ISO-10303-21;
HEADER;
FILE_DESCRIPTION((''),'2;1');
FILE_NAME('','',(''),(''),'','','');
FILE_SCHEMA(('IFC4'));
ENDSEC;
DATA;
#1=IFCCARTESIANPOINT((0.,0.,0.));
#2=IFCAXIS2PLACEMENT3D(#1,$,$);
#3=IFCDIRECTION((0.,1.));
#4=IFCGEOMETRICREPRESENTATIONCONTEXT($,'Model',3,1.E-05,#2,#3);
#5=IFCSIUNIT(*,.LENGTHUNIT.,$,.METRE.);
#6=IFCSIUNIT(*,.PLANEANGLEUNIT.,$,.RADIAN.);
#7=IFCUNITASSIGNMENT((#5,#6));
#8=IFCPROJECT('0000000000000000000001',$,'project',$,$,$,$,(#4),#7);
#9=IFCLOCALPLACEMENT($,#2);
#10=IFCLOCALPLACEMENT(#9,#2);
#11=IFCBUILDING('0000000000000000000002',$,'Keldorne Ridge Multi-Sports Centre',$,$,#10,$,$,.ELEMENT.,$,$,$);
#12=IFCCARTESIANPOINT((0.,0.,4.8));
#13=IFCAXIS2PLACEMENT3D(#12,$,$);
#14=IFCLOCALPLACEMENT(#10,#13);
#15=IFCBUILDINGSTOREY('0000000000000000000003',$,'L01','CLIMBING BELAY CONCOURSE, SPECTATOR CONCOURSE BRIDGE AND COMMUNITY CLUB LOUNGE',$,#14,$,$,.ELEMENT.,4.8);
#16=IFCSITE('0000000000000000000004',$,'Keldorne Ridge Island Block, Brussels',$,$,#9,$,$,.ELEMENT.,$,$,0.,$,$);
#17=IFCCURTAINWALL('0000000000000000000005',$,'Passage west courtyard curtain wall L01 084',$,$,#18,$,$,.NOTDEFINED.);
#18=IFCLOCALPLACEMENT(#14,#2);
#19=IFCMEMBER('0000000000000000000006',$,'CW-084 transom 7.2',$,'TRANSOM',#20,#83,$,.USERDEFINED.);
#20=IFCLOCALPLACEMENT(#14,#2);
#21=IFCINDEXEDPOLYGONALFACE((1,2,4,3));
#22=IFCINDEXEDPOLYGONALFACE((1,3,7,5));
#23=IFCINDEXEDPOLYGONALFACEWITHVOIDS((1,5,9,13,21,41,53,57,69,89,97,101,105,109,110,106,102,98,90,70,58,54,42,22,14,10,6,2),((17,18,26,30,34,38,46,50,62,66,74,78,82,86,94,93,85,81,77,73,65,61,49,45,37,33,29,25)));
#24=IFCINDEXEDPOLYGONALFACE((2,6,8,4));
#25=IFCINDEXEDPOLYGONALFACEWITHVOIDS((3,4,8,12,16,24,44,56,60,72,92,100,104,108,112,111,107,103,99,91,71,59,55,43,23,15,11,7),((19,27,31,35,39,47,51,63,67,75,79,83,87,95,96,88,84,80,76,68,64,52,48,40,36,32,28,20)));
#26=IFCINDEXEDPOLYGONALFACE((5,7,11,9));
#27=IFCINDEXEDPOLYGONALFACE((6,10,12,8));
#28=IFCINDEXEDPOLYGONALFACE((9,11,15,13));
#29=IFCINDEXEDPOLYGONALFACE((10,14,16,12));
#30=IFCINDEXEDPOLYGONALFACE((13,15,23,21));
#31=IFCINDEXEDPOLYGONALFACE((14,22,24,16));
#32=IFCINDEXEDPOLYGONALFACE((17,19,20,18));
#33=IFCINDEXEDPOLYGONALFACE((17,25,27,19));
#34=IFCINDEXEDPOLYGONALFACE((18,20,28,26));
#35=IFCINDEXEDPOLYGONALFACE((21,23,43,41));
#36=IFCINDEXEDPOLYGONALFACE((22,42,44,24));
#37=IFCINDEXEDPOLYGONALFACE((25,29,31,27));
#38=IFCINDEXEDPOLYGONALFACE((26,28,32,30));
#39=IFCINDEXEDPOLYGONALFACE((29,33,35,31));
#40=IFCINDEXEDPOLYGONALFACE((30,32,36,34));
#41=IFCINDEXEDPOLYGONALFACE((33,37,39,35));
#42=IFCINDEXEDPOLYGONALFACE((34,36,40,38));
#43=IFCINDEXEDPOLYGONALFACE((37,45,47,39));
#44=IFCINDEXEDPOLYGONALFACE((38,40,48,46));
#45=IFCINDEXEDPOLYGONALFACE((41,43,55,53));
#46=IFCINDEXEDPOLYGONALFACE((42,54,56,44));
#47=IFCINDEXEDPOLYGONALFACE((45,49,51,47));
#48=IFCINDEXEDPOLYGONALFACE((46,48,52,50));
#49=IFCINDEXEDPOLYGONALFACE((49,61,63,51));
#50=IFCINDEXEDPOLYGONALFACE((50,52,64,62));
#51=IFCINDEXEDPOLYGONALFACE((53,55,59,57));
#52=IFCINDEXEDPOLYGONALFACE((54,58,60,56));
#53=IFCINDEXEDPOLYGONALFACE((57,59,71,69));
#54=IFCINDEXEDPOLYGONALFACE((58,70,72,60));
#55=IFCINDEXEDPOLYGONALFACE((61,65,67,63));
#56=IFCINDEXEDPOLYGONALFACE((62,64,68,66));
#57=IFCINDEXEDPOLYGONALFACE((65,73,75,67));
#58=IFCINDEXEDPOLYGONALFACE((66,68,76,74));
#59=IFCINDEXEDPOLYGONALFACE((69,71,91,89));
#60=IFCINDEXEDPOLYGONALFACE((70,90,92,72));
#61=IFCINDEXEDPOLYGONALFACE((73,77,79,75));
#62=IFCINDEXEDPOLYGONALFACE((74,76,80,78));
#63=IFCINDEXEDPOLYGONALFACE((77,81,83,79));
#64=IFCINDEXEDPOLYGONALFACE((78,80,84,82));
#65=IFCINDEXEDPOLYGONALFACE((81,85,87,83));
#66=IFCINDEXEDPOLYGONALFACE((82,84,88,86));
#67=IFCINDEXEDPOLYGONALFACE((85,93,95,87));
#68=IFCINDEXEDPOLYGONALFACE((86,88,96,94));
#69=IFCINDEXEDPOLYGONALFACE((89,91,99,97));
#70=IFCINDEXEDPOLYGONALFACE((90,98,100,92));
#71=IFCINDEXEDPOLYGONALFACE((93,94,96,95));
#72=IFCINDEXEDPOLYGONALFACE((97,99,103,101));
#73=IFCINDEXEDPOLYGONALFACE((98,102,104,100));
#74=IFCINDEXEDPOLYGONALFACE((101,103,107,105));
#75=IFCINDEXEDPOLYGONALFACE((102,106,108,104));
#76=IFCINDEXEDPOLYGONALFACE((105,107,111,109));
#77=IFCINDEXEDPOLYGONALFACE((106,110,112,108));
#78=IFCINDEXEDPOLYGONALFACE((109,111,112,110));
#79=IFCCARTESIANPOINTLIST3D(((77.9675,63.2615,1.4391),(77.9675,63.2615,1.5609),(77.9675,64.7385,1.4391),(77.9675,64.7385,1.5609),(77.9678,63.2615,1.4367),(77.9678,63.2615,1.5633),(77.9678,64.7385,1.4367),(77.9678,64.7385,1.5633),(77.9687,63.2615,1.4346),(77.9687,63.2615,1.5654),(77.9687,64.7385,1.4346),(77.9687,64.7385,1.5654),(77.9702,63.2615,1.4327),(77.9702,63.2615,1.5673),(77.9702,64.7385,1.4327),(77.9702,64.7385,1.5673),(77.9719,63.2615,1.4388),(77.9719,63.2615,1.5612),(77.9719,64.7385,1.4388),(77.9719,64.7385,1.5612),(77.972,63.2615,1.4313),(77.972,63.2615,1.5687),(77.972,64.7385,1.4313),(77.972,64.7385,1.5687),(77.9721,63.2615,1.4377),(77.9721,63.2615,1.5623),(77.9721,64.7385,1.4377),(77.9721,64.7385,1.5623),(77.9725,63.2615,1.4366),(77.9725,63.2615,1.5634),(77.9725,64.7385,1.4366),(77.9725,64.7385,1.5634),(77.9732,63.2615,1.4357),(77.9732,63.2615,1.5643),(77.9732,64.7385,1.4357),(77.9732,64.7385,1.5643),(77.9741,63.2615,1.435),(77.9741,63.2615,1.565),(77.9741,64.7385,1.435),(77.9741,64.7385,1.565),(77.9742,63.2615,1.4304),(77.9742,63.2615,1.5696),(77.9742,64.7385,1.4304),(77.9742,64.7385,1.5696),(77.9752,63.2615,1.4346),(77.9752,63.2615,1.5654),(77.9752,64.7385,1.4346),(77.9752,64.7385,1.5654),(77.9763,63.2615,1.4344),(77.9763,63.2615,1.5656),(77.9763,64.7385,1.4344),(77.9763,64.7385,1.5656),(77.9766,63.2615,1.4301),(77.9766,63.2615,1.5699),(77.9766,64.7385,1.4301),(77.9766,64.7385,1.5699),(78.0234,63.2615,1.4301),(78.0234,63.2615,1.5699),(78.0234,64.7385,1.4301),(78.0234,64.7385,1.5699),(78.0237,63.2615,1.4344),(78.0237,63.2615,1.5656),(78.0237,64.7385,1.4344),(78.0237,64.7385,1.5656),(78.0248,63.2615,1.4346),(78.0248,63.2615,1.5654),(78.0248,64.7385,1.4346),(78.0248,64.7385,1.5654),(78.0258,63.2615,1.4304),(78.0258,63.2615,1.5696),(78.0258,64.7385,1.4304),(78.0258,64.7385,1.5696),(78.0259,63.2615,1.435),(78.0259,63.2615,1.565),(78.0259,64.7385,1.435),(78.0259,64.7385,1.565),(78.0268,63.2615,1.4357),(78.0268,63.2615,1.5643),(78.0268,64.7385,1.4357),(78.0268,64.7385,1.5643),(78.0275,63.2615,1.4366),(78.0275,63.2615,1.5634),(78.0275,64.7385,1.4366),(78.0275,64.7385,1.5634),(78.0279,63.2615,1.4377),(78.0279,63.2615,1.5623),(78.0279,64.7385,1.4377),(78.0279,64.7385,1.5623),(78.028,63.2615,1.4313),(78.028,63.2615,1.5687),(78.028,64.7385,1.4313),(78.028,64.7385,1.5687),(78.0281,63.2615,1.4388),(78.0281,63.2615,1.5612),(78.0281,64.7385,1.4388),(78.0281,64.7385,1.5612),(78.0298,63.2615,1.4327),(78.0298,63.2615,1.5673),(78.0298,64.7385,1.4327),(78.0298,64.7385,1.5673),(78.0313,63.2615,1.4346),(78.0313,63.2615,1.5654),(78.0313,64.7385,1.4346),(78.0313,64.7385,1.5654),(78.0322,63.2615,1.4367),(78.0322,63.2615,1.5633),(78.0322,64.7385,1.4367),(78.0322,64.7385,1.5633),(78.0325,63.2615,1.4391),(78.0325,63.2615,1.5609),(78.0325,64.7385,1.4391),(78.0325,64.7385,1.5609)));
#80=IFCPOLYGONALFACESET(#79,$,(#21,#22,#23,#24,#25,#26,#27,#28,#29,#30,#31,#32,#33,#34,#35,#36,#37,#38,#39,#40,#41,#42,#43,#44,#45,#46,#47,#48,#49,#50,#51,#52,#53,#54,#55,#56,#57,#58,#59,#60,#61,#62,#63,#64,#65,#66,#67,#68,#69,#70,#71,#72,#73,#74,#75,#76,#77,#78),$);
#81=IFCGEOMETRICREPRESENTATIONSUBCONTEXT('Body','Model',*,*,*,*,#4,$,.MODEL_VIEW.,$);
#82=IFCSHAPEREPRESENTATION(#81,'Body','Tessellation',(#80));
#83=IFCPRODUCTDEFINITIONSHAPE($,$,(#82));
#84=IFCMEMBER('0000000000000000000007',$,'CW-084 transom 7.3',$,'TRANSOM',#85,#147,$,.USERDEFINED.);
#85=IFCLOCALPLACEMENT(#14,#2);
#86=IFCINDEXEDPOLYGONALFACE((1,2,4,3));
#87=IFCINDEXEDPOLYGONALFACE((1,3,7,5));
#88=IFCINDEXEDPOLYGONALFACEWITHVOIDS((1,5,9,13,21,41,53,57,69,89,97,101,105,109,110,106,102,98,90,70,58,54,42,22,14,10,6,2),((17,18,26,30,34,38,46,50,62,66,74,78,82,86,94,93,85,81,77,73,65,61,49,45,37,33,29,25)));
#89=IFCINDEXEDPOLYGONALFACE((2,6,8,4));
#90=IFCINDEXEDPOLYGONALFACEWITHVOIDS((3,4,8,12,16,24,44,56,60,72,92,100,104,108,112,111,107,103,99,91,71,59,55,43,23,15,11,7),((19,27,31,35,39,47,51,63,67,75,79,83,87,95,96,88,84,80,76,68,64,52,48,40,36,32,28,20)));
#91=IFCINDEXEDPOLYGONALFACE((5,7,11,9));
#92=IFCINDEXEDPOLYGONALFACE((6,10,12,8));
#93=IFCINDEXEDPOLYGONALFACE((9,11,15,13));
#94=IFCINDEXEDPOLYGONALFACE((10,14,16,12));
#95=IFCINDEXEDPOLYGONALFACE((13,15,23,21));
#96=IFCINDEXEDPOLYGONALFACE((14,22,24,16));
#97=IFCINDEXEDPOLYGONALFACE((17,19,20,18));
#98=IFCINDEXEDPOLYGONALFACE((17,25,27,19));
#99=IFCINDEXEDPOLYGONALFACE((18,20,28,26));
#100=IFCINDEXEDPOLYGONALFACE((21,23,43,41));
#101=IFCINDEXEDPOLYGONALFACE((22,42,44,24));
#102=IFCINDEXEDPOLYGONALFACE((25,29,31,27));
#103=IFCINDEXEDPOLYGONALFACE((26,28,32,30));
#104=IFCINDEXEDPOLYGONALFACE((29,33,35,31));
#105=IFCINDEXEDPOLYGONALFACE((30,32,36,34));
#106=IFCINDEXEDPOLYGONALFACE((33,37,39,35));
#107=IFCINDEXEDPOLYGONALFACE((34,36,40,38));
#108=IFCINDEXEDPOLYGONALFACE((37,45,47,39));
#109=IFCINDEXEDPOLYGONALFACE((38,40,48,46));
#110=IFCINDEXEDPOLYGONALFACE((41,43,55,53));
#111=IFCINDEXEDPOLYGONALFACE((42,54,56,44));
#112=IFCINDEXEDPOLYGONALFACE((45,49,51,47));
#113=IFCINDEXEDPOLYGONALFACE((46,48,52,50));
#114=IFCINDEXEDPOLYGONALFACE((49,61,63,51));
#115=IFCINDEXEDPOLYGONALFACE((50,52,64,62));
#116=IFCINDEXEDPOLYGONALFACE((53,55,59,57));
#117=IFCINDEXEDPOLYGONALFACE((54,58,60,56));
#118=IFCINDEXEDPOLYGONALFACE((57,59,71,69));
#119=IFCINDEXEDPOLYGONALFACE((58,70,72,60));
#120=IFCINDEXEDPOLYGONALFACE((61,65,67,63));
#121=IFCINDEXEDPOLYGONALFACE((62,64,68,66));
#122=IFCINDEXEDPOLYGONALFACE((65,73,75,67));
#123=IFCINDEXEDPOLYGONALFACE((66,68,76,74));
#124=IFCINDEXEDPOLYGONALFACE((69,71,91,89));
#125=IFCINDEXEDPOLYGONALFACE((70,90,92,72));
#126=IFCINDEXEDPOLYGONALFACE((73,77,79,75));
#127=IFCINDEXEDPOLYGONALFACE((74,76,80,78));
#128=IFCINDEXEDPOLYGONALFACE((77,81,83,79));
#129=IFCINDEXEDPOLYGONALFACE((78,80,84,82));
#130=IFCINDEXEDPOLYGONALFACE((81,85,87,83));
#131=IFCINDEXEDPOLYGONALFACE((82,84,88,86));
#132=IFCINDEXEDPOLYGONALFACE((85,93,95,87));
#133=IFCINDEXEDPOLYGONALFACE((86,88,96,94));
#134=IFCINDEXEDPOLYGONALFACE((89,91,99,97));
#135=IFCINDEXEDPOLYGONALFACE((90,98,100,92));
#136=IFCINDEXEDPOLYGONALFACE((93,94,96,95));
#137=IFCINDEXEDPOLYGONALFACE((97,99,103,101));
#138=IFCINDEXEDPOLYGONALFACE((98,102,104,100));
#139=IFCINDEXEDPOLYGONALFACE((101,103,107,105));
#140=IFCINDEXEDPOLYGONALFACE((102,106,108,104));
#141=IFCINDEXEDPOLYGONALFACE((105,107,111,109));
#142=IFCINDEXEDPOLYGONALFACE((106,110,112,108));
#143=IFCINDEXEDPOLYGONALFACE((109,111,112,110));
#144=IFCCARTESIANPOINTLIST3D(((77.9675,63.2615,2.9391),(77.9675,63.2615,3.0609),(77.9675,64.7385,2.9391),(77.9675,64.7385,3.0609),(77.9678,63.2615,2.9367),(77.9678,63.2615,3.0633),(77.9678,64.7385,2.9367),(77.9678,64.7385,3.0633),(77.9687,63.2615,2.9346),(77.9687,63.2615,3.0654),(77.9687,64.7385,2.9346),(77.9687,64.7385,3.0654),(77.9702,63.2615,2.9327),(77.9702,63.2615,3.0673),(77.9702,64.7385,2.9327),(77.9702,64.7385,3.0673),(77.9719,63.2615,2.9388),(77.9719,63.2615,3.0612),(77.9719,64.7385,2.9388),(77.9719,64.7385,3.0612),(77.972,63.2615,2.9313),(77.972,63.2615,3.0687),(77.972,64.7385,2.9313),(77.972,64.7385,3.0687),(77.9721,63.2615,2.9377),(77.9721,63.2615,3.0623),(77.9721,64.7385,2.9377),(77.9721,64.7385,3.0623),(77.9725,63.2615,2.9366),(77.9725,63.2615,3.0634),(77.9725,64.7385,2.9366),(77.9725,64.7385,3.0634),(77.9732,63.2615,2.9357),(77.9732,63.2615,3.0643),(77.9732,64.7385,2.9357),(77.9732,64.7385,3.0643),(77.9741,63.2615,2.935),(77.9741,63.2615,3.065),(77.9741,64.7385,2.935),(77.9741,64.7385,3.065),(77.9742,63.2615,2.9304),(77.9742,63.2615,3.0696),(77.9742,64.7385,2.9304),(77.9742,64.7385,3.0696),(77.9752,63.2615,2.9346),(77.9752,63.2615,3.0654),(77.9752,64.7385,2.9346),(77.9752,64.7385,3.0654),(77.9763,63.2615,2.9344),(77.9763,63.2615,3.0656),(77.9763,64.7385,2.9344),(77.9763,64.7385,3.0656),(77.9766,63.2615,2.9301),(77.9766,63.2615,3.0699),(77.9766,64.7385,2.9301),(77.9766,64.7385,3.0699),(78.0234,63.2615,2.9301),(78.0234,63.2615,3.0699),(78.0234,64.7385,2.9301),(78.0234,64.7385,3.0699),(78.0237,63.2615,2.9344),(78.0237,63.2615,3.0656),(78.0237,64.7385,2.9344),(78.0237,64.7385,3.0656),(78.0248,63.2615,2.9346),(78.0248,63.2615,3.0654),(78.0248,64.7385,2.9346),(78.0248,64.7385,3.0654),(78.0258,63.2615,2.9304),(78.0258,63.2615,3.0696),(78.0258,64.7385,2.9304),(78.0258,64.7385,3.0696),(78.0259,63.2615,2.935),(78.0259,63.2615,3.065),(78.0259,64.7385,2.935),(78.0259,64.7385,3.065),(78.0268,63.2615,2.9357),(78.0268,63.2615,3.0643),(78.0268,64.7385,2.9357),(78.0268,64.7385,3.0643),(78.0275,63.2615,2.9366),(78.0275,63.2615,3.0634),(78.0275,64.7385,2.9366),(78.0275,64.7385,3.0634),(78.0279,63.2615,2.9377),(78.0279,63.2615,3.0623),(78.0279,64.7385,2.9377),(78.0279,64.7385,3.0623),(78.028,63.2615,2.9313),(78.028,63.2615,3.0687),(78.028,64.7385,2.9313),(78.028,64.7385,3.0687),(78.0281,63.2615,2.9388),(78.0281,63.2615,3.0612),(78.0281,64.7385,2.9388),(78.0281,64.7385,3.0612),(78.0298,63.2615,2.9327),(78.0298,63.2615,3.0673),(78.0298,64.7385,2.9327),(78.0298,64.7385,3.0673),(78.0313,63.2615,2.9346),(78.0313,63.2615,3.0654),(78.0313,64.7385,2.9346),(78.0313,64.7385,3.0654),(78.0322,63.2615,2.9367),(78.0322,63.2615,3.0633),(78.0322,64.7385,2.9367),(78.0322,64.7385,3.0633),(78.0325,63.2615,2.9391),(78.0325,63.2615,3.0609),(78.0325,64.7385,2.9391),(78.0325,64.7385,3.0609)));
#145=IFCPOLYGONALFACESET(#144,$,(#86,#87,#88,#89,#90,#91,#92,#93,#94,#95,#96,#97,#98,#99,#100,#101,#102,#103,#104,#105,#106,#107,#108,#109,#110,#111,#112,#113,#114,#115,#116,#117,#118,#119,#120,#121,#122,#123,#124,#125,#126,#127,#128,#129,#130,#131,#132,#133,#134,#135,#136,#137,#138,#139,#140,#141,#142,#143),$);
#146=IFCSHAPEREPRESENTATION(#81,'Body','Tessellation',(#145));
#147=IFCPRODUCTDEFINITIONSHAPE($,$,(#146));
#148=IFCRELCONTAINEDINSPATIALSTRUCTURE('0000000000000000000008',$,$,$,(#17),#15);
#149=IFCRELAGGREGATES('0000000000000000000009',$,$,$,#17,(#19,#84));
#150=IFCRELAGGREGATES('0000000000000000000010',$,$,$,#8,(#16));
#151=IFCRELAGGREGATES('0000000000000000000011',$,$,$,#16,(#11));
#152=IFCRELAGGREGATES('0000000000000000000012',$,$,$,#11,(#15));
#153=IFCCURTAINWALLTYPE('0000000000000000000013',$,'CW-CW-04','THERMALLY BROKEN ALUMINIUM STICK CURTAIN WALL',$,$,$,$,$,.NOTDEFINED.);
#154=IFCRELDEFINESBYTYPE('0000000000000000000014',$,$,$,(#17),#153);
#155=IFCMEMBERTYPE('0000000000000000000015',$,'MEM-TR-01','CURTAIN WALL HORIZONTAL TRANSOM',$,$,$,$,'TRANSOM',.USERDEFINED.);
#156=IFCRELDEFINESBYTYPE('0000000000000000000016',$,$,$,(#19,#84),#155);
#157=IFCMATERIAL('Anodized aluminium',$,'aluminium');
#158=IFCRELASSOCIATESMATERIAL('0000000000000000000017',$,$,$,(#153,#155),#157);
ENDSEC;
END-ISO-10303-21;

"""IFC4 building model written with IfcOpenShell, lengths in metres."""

from ifc_helpers import new_model, si_unit, direction, frame, origin, origin_2d, place, context, subcontext, project, spatial, hollow_rectangle, extrude, material, material_profile, profile_set, type_object, element, aggregate, save


model = new_model("IFC4")

# Units and contexts
model_context = context("Model", 3, precision=1e-05, world=origin(), true_north=direction((0.0, 1.0)))
body_context = subcontext(model_context, "Body", "Model", "MODEL_VIEW")
ifc_project = project(units=[si_unit("LENGTHUNIT", "METRE"), si_unit("PLANEANGLEUNIT", "RADIAN")], contexts=[model_context])

# Site, building, storey
site_placement = place(None, origin())
site = spatial("IfcSite", under=ifc_project, at=site_placement, Name="Keldorne Ridge Island Block, Brussels", CompositionType="ELEMENT", RefElevation=0.0)
building_placement = place(site_placement, origin())
building = spatial("IfcBuilding", under=site, at=building_placement, Name="Keldorne Ridge Multi-Sports Centre", CompositionType="ELEMENT")
storey_placement = place(building_placement, frame((0.0, 0.0, 4.8)))
storey = spatial("IfcBuildingStorey", under=building, at=storey_placement, Name="L01", Description="CLIMBING BELAY CONCOURSE, SPECTATOR CONCOURSE BRIDGE AND COMMUNITY CLUB LOUNGE", CompositionType="ELEMENT", Elevation=4.8)

# Curtain wall, members
ifc_material_1 = material(Name="Anodized aluminium", Category="aluminium")
curtain_wall_type = type_object("IfcCurtainWallType", Name="CW-CW-04", Description="THERMALLY BROKEN ALUMINIUM STICK CURTAIN WALL", PredefinedType="NOTDEFINED", material=ifc_material_1)
curtain_wall_placement = place(storey_placement, origin())
curtain_wall = element("IfcCurtainWall", 1, at=curtain_wall_placement, inside=storey, type_object=curtain_wall_type, Name="Passage west courtyard curtain wall L01 084", PredefinedType="NOTDEFINED")
ifc_material_profile_1 = material_profile(ifc_material_1, hollow_rectangle(XDim=0.0649, YDim=0.1399, WallThickness=0.0044, InnerFilletRadius=0.0044, OuterFilletRadius=0.009, at=origin_2d()), Name="ALU TRANSOM 140x65x4.5")
ifc_profile_set_1 = profile_set([ifc_material_profile_1], Name="Anodized aluminium")
member_type_1 = type_object("IfcMemberType", Name="MEM-TR-01", Description="CURTAIN WALL HORIZONTAL TRANSOM", ElementType="TRANSOM", PredefinedType="USERDEFINED", material=ifc_profile_set_1)
member_1_placement = place(storey_placement, frame((78.0, 64.7385, 1.5), z_axis=(0.0, -1.0, 0.0), x_axis=(1.0, 0.0, 0.0)))
member_1 = element("IfcMember", 2, at=member_1_placement, type_object=member_type_1, Name="CW-084 transom 7.2", ObjectType="TRANSOM", PredefinedType="USERDEFINED", context=body_context, shape_type="SweptSolid", body=[
    extrude(hollow_rectangle(XDim=0.0649, YDim=0.1399, WallThickness=0.0044, InnerFilletRadius=0.0044, OuterFilletRadius=0.009, at=origin_2d()), origin(), (0.0, 0.0, 1.0), 1.4771),
])
member_2_placement = place(storey_placement, frame((78.0, 64.7385, 3.0), z_axis=(0.0, -1.0, 0.0), x_axis=(1.0, 0.0, 0.0)))
member_2 = element("IfcMember", 3, at=member_2_placement, type_object=member_type_1, Name="CW-084 transom 7.3", ObjectType="TRANSOM", PredefinedType="USERDEFINED", context=body_context, shape_type="SweptSolid", body=[
    extrude(hollow_rectangle(XDim=0.0649, YDim=0.1399, WallThickness=0.0044, InnerFilletRadius=0.0044, OuterFilletRadius=0.009, at=origin_2d()), origin(), (0.0, 0.0, 1.0), 1.4771),
])
aggregate(curtain_wall, [member_1, member_2])

save(model, "model.ifc")
